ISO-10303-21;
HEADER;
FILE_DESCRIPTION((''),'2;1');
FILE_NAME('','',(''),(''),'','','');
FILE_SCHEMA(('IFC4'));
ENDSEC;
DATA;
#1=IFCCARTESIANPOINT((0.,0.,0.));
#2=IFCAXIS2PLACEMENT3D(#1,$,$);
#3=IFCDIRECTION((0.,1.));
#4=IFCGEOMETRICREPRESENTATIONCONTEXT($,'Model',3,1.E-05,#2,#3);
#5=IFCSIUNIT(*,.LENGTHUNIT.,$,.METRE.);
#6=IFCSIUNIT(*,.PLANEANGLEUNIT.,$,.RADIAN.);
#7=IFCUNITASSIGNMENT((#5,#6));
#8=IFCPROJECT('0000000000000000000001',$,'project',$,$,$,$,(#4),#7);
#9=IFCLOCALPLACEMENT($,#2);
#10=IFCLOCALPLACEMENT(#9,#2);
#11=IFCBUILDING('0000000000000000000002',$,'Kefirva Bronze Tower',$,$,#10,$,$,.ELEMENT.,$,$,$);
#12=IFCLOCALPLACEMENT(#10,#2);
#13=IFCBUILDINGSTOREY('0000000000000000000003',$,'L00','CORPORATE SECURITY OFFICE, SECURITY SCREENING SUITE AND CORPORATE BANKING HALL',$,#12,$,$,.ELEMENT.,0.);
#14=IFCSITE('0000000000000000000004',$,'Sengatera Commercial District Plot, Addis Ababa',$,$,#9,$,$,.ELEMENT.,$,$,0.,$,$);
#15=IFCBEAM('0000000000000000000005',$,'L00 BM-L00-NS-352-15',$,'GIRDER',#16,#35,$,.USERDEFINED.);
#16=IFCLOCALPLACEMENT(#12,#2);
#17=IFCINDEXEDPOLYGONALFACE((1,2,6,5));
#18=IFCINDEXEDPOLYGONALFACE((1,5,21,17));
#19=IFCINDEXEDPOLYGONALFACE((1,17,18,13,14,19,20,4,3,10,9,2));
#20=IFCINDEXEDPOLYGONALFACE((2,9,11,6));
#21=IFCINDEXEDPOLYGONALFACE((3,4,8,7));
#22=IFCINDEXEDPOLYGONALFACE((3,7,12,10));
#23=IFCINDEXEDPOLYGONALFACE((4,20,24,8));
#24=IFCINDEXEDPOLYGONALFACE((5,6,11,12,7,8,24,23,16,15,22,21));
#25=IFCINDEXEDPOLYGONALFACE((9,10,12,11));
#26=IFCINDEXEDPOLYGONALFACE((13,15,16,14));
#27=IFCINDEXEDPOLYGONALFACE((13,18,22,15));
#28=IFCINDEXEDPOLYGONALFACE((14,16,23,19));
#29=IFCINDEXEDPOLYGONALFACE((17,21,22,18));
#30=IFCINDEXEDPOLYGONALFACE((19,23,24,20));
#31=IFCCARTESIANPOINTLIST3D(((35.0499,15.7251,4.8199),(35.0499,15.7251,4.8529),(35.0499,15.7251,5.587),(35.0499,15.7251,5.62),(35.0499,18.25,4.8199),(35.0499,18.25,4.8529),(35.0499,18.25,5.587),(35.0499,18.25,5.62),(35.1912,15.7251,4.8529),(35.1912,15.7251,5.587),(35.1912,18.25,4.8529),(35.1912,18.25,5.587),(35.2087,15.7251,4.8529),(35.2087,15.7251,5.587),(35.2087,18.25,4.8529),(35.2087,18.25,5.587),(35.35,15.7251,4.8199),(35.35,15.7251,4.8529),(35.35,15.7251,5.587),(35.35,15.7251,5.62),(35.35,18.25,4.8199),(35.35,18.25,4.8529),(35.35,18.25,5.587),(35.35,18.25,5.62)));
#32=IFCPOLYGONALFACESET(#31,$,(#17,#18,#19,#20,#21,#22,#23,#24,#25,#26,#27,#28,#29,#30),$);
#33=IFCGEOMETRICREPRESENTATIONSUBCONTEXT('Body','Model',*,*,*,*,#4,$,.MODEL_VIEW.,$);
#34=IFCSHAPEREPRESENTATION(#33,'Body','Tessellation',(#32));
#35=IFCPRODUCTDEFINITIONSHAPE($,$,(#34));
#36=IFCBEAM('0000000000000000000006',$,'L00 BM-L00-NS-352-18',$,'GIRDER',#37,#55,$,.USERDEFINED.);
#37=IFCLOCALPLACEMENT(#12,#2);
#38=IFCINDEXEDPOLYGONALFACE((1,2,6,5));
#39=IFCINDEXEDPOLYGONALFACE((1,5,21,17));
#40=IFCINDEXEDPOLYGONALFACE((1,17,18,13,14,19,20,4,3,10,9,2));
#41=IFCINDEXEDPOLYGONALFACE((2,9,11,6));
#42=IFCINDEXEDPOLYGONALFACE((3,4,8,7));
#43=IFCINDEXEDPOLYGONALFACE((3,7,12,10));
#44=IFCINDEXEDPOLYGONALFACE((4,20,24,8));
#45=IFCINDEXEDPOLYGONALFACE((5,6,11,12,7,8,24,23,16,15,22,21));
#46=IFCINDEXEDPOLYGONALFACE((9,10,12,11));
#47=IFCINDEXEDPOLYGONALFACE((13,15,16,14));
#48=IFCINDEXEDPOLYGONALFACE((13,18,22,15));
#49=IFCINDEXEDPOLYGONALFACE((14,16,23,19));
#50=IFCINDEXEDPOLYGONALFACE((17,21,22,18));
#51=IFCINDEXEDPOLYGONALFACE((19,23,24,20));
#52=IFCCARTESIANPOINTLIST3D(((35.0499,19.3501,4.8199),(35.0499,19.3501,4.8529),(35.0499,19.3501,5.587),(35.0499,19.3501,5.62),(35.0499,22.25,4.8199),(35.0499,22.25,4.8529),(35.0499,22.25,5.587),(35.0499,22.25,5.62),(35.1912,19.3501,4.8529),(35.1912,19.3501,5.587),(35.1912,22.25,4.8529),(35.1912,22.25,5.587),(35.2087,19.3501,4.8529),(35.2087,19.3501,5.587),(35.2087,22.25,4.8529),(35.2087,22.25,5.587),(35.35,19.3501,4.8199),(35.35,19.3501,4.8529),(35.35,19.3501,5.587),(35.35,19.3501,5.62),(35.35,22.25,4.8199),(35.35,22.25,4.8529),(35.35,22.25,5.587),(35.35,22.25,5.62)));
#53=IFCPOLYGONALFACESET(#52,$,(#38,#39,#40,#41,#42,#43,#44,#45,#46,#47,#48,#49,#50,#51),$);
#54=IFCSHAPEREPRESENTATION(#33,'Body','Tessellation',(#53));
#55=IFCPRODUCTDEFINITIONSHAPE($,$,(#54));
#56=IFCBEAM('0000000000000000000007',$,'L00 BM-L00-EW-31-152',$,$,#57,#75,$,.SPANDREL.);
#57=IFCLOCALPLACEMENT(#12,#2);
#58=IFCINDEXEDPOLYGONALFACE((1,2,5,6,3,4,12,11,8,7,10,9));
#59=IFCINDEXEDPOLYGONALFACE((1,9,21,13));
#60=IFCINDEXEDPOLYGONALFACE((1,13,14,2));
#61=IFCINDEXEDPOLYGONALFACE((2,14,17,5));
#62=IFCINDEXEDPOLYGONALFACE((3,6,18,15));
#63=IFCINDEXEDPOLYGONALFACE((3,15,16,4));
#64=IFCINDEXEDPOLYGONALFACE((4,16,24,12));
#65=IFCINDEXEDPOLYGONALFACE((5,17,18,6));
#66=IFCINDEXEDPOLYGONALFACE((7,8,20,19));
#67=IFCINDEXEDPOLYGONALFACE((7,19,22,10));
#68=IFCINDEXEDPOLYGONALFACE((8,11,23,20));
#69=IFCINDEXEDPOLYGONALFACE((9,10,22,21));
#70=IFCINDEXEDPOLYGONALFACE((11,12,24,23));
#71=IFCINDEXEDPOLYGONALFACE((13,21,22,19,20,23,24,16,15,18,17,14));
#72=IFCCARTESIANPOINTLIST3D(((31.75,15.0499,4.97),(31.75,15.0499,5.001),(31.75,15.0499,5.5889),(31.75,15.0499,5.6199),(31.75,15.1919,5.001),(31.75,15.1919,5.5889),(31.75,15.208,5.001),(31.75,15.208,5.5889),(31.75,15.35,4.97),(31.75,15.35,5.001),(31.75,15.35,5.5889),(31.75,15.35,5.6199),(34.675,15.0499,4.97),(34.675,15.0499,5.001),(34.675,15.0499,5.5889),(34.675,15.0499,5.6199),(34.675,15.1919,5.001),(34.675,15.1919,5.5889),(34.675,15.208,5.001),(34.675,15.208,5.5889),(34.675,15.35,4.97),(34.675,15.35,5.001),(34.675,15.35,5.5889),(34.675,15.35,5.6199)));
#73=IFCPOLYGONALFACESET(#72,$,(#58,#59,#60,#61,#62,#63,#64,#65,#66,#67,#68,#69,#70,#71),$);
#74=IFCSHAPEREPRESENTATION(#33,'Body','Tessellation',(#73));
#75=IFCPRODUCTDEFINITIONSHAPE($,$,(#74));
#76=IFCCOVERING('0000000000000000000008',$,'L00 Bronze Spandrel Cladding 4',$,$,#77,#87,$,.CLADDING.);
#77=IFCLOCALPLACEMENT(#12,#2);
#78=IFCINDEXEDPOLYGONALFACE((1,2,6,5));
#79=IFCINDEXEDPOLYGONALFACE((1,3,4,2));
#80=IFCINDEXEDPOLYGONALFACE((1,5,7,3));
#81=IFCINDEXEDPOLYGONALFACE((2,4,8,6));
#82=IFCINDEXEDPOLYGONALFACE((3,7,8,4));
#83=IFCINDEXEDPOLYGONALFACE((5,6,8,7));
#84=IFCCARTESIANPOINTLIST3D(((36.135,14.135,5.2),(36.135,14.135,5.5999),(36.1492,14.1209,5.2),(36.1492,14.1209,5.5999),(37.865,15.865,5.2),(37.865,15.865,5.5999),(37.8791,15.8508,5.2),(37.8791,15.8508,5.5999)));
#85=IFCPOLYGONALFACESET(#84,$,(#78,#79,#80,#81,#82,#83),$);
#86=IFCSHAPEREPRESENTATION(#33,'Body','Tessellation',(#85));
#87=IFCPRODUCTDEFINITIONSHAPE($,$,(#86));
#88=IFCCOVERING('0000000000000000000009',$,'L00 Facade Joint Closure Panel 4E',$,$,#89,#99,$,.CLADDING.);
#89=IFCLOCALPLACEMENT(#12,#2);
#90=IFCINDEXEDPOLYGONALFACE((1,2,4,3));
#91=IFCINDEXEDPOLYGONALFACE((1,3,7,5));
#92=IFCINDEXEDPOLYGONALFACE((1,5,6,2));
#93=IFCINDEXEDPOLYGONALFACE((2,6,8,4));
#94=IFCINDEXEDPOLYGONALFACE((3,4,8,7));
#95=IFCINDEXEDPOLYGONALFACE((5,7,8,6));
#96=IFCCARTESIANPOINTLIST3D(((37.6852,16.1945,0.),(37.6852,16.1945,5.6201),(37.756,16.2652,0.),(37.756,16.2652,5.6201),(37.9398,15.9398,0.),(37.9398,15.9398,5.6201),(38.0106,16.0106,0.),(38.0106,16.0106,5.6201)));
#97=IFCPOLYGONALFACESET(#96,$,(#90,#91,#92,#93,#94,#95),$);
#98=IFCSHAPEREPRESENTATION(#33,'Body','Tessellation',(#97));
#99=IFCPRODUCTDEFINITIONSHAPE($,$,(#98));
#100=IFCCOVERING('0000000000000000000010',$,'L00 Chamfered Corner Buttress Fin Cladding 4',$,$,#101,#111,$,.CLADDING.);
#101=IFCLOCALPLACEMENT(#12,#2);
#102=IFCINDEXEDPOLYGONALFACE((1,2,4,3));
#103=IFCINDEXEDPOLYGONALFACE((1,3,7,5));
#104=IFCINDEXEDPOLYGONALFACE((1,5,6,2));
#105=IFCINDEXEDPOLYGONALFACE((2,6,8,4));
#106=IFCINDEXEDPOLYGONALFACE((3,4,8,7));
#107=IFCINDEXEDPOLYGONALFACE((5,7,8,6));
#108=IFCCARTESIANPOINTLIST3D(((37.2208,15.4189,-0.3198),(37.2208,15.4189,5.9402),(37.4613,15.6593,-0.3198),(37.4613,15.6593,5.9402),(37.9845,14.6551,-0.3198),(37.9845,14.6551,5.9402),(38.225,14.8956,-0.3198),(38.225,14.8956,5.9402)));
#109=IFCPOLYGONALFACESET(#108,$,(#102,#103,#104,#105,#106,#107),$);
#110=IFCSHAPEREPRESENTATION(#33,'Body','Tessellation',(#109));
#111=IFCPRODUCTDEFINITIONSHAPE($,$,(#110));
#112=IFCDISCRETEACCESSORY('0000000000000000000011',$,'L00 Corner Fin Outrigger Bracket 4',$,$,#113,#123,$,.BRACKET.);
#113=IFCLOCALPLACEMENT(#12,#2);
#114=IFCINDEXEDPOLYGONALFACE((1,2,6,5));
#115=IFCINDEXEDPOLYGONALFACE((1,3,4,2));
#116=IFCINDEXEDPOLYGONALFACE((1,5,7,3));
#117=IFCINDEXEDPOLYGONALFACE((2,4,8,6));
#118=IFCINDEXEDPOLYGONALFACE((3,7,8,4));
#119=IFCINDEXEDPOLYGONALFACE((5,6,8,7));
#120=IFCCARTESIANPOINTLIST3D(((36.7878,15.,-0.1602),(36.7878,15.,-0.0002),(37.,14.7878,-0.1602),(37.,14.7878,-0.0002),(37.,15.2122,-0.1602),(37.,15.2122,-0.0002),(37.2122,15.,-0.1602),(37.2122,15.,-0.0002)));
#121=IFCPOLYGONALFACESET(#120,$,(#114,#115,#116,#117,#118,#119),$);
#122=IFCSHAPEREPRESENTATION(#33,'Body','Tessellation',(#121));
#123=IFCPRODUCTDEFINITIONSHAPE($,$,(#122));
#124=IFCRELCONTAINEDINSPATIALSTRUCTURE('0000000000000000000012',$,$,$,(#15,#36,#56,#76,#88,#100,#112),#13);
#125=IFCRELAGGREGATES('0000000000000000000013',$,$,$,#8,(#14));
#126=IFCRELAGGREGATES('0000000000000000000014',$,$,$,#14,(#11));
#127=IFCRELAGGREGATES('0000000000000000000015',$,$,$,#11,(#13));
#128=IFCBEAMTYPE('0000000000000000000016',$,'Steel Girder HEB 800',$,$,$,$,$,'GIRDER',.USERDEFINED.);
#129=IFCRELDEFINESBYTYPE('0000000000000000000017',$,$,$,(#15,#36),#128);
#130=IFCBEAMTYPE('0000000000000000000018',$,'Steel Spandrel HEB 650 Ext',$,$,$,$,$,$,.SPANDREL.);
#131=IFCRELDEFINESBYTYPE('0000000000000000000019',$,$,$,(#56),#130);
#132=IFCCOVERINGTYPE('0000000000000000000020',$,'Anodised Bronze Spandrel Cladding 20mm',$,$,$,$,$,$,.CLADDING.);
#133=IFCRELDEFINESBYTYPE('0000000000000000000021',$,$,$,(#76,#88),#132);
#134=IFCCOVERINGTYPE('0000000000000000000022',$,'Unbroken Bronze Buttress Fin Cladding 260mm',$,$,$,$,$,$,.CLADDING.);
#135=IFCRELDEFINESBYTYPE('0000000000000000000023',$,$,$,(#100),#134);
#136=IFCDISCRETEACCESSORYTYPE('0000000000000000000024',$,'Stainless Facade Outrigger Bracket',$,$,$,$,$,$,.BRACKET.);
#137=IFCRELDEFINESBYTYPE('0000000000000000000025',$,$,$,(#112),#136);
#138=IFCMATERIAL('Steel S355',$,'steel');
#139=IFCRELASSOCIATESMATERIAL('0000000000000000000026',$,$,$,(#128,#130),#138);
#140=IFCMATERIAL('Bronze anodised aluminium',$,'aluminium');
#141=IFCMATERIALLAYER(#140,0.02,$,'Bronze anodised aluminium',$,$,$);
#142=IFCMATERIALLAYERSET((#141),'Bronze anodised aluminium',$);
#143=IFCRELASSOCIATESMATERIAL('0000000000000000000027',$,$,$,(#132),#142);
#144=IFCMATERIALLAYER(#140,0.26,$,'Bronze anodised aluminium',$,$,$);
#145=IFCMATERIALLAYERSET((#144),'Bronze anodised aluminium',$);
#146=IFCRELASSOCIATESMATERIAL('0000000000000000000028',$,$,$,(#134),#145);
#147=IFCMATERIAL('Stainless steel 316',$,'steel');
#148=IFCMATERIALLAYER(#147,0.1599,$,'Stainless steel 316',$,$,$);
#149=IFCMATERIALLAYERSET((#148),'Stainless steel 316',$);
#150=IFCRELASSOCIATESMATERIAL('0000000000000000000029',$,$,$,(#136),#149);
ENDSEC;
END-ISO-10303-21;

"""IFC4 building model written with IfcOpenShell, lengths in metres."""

from ifc_helpers import new_model, si_unit, direction, frame, origin, origin_2d, place, context, subcontext, project, spatial, rectangle, i_section, extrude, material, layer, layer_set, material_profile, profile_set, type_object, element, save


model = new_model("IFC4")

# Units and contexts
model_context = context("Model", 3, precision=1e-05, world=origin(), true_north=direction((0.0, 1.0)))
body_context = subcontext(model_context, "Body", "Model", "MODEL_VIEW")
ifc_project = project(units=[si_unit("LENGTHUNIT", "METRE"), si_unit("PLANEANGLEUNIT", "RADIAN")], contexts=[model_context])

# Site, building, storey
site_placement = place(None, origin())
site = spatial("IfcSite", under=ifc_project, at=site_placement, Name="Sengatera Commercial District Plot, Addis Ababa", CompositionType="ELEMENT", RefElevation=0.0)
building_placement = place(site_placement, origin())
building = spatial("IfcBuilding", under=site, at=building_placement, Name="Kefirva Bronze Tower", CompositionType="ELEMENT")
storey_placement = place(building_placement, origin())
storey = spatial("IfcBuildingStorey", under=building, at=storey_placement, Name="L00", Description="CORPORATE SECURITY OFFICE, SECURITY SCREENING SUITE AND CORPORATE BANKING HALL", CompositionType="ELEMENT", Elevation=0.0)

# Beams
ifc_material_1 = material(Name="Steel S355", Category="steel")
ifc_material_profile_1 = material_profile(ifc_material_1, i_section(OverallWidth=0.3, OverallDepth=0.8, WebThickness=0.0176, FlangeThickness=0.033, at=origin_2d()), Name="HEB 800")
ifc_profile_set_1 = profile_set([ifc_material_profile_1], Name="Steel S355")
beam_type_1 = type_object("IfcBeamType", Name="Steel Girder HEB 800", ElementType="GIRDER", PredefinedType="USERDEFINED", material=ifc_profile_set_1)
beam_1_placement = place(storey_placement, frame((35.2, 15.7251, 5.22), z_axis=(0.0, 1.0, 0.0), x_axis=(-1.0, 0.0, 0.0)))
element("IfcBeam", 1, at=beam_1_placement, inside=storey, type_object=beam_type_1, Name="L00 BM-L00-NS-352-15", ObjectType="GIRDER", PredefinedType="USERDEFINED", context=body_context, shape_type="SweptSolid", body=[
    extrude(i_section(OverallWidth=0.3, OverallDepth=0.8, WebThickness=0.0176, FlangeThickness=0.033, at=origin_2d()), origin(), (0.0, 0.0, 1.0), 2.5249),
])
beam_2_placement = place(storey_placement, frame((35.2, 19.3501, 5.22), z_axis=(0.0, 1.0, 0.0), x_axis=(-1.0, 0.0, 0.0)))
element("IfcBeam", 2, at=beam_2_placement, inside=storey, type_object=beam_type_1, Name="L00 BM-L00-NS-352-18", ObjectType="GIRDER", PredefinedType="USERDEFINED", context=body_context, shape_type="SweptSolid", body=[
    extrude(i_section(OverallWidth=0.3, OverallDepth=0.8, WebThickness=0.0176, FlangeThickness=0.033, at=origin_2d()), origin(), (0.0, 0.0, 1.0), 2.8999),
])
ifc_material_profile_2 = material_profile(ifc_material_1, i_section(OverallWidth=0.3, OverallDepth=0.6499, WebThickness=0.0161, FlangeThickness=0.031, at=origin_2d()), Name="HEB 650")
ifc_profile_set_2 = profile_set([ifc_material_profile_2], Name="Steel S355")
beam_type_2 = type_object("IfcBeamType", Name="Steel Spandrel HEB 650 Ext", PredefinedType="SPANDREL", material=ifc_profile_set_2)
beam_3_placement = place(storey_placement, frame((31.75, 15.2, 5.2949), z_axis=(1.0, 0.0, 0.0), x_axis=(0.0, 1.0, 0.0)))
element("IfcBeam", 3, at=beam_3_placement, inside=storey, type_object=beam_type_2, Name="L00 BM-L00-EW-31-152", PredefinedType="SPANDREL", context=body_context, shape_type="SweptSolid", body=[
    extrude(i_section(OverallWidth=0.3, OverallDepth=0.6499, WebThickness=0.0161, FlangeThickness=0.031, at=origin_2d()), origin(), (0.0, 0.0, 1.0), 2.925),
])

# Coverings
ifc_material_2 = material(Name="Bronze anodised aluminium", Category="aluminium")
ifc_layer_1 = layer(ifc_material_2, 0.02, Name="Bronze anodised aluminium")
ifc_layer_set_1 = layer_set([ifc_layer_1], Name="Bronze anodised aluminium")
covering_type_1 = type_object("IfcCoveringType", Name="Anodised Bronze Spandrel Cladding 20mm", PredefinedType="CLADDING", material=ifc_layer_set_1)
covering_1_placement = place(storey_placement, frame((37.0071, 14.9929, 5.2), z_axis=(0.0, 0.0, 1.0), x_axis=(0.707107, 0.707107, 0.0)))
element("IfcCovering", 4, at=covering_1_placement, inside=storey, type_object=covering_type_1, Name="L00 Bronze Spandrel Cladding 4", PredefinedType="CLADDING", context=body_context, shape_type="SweptSolid", body=[
    extrude(rectangle(XDim=2.4465, YDim=0.02, at=origin_2d()), origin(), (0.0, 0.0, 1.0), 0.3999),
])
covering_2_placement = place(storey_placement, frame((37.8479, 16.1025, 0.0), z_axis=(0.0, 0.0, 1.0), x_axis=(0.707107, 0.707107, 0.0)))
element("IfcCovering", 5, at=covering_2_placement, inside=storey, type_object=covering_type_1, Name="L00 Facade Joint Closure Panel 4E", PredefinedType="CLADDING", context=body_context, shape_type="SweptSolid", body=[
    extrude(rectangle(XDim=0.1001, YDim=0.3601, at=origin_2d()), origin(), (0.0, 0.0, 1.0), 5.6201),
])
ifc_layer_2 = layer(ifc_material_2, 0.26, Name="Bronze anodised aluminium")
ifc_layer_set_2 = layer_set([ifc_layer_2], Name="Bronze anodised aluminium")
covering_type_2 = type_object("IfcCoveringType", Name="Unbroken Bronze Buttress Fin Cladding 260mm", PredefinedType="CLADDING", material=ifc_layer_set_2)
covering_3_placement = place(storey_placement, frame((37.7229, 15.1572, -0.3198), z_axis=(0.0, 0.0, 1.0), x_axis=(0.707107, 0.707107, 0.0)))
element("IfcCovering", 6, at=covering_3_placement, inside=storey, type_object=covering_type_2, Name="L00 Chamfered Corner Buttress Fin Cladding 4", PredefinedType="CLADDING", context=body_context, shape_type="SweptSolid", body=[
    extrude(rectangle(XDim=0.3401, YDim=1.0801, at=origin_2d()), origin(), (0.0, 0.0, 1.0), 6.26),
])

# Discrete accessory
ifc_material_3 = material(Name="Stainless steel 316", Category="steel")
ifc_layer_3 = layer(ifc_material_3, 0.1599, Name="Stainless steel 316")
ifc_layer_set_3 = layer_set([ifc_layer_3], Name="Stainless steel 316")
discrete_accessory_type = type_object("IfcDiscreteAccessoryType", Name="Stainless Facade Outrigger Bracket", PredefinedType="BRACKET", material=ifc_layer_set_3)
discrete_accessory_placement = place(storey_placement, frame((37.0, 15.0, -0.1602), z_axis=(0.0, 0.0, 1.0), x_axis=(0.707107, 0.707107, 0.0)))
element("IfcDiscreteAccessory", 7, at=discrete_accessory_placement, inside=storey, type_object=discrete_accessory_type, Name="L00 Corner Fin Outrigger Bracket 4", PredefinedType="BRACKET", context=body_context, shape_type="SweptSolid", body=[
    extrude(rectangle(XDim=0.3, YDim=0.3, at=origin_2d()), origin(), (0.0, 0.0, 1.0), 0.1599),
])

save(model, "model.ifc")
